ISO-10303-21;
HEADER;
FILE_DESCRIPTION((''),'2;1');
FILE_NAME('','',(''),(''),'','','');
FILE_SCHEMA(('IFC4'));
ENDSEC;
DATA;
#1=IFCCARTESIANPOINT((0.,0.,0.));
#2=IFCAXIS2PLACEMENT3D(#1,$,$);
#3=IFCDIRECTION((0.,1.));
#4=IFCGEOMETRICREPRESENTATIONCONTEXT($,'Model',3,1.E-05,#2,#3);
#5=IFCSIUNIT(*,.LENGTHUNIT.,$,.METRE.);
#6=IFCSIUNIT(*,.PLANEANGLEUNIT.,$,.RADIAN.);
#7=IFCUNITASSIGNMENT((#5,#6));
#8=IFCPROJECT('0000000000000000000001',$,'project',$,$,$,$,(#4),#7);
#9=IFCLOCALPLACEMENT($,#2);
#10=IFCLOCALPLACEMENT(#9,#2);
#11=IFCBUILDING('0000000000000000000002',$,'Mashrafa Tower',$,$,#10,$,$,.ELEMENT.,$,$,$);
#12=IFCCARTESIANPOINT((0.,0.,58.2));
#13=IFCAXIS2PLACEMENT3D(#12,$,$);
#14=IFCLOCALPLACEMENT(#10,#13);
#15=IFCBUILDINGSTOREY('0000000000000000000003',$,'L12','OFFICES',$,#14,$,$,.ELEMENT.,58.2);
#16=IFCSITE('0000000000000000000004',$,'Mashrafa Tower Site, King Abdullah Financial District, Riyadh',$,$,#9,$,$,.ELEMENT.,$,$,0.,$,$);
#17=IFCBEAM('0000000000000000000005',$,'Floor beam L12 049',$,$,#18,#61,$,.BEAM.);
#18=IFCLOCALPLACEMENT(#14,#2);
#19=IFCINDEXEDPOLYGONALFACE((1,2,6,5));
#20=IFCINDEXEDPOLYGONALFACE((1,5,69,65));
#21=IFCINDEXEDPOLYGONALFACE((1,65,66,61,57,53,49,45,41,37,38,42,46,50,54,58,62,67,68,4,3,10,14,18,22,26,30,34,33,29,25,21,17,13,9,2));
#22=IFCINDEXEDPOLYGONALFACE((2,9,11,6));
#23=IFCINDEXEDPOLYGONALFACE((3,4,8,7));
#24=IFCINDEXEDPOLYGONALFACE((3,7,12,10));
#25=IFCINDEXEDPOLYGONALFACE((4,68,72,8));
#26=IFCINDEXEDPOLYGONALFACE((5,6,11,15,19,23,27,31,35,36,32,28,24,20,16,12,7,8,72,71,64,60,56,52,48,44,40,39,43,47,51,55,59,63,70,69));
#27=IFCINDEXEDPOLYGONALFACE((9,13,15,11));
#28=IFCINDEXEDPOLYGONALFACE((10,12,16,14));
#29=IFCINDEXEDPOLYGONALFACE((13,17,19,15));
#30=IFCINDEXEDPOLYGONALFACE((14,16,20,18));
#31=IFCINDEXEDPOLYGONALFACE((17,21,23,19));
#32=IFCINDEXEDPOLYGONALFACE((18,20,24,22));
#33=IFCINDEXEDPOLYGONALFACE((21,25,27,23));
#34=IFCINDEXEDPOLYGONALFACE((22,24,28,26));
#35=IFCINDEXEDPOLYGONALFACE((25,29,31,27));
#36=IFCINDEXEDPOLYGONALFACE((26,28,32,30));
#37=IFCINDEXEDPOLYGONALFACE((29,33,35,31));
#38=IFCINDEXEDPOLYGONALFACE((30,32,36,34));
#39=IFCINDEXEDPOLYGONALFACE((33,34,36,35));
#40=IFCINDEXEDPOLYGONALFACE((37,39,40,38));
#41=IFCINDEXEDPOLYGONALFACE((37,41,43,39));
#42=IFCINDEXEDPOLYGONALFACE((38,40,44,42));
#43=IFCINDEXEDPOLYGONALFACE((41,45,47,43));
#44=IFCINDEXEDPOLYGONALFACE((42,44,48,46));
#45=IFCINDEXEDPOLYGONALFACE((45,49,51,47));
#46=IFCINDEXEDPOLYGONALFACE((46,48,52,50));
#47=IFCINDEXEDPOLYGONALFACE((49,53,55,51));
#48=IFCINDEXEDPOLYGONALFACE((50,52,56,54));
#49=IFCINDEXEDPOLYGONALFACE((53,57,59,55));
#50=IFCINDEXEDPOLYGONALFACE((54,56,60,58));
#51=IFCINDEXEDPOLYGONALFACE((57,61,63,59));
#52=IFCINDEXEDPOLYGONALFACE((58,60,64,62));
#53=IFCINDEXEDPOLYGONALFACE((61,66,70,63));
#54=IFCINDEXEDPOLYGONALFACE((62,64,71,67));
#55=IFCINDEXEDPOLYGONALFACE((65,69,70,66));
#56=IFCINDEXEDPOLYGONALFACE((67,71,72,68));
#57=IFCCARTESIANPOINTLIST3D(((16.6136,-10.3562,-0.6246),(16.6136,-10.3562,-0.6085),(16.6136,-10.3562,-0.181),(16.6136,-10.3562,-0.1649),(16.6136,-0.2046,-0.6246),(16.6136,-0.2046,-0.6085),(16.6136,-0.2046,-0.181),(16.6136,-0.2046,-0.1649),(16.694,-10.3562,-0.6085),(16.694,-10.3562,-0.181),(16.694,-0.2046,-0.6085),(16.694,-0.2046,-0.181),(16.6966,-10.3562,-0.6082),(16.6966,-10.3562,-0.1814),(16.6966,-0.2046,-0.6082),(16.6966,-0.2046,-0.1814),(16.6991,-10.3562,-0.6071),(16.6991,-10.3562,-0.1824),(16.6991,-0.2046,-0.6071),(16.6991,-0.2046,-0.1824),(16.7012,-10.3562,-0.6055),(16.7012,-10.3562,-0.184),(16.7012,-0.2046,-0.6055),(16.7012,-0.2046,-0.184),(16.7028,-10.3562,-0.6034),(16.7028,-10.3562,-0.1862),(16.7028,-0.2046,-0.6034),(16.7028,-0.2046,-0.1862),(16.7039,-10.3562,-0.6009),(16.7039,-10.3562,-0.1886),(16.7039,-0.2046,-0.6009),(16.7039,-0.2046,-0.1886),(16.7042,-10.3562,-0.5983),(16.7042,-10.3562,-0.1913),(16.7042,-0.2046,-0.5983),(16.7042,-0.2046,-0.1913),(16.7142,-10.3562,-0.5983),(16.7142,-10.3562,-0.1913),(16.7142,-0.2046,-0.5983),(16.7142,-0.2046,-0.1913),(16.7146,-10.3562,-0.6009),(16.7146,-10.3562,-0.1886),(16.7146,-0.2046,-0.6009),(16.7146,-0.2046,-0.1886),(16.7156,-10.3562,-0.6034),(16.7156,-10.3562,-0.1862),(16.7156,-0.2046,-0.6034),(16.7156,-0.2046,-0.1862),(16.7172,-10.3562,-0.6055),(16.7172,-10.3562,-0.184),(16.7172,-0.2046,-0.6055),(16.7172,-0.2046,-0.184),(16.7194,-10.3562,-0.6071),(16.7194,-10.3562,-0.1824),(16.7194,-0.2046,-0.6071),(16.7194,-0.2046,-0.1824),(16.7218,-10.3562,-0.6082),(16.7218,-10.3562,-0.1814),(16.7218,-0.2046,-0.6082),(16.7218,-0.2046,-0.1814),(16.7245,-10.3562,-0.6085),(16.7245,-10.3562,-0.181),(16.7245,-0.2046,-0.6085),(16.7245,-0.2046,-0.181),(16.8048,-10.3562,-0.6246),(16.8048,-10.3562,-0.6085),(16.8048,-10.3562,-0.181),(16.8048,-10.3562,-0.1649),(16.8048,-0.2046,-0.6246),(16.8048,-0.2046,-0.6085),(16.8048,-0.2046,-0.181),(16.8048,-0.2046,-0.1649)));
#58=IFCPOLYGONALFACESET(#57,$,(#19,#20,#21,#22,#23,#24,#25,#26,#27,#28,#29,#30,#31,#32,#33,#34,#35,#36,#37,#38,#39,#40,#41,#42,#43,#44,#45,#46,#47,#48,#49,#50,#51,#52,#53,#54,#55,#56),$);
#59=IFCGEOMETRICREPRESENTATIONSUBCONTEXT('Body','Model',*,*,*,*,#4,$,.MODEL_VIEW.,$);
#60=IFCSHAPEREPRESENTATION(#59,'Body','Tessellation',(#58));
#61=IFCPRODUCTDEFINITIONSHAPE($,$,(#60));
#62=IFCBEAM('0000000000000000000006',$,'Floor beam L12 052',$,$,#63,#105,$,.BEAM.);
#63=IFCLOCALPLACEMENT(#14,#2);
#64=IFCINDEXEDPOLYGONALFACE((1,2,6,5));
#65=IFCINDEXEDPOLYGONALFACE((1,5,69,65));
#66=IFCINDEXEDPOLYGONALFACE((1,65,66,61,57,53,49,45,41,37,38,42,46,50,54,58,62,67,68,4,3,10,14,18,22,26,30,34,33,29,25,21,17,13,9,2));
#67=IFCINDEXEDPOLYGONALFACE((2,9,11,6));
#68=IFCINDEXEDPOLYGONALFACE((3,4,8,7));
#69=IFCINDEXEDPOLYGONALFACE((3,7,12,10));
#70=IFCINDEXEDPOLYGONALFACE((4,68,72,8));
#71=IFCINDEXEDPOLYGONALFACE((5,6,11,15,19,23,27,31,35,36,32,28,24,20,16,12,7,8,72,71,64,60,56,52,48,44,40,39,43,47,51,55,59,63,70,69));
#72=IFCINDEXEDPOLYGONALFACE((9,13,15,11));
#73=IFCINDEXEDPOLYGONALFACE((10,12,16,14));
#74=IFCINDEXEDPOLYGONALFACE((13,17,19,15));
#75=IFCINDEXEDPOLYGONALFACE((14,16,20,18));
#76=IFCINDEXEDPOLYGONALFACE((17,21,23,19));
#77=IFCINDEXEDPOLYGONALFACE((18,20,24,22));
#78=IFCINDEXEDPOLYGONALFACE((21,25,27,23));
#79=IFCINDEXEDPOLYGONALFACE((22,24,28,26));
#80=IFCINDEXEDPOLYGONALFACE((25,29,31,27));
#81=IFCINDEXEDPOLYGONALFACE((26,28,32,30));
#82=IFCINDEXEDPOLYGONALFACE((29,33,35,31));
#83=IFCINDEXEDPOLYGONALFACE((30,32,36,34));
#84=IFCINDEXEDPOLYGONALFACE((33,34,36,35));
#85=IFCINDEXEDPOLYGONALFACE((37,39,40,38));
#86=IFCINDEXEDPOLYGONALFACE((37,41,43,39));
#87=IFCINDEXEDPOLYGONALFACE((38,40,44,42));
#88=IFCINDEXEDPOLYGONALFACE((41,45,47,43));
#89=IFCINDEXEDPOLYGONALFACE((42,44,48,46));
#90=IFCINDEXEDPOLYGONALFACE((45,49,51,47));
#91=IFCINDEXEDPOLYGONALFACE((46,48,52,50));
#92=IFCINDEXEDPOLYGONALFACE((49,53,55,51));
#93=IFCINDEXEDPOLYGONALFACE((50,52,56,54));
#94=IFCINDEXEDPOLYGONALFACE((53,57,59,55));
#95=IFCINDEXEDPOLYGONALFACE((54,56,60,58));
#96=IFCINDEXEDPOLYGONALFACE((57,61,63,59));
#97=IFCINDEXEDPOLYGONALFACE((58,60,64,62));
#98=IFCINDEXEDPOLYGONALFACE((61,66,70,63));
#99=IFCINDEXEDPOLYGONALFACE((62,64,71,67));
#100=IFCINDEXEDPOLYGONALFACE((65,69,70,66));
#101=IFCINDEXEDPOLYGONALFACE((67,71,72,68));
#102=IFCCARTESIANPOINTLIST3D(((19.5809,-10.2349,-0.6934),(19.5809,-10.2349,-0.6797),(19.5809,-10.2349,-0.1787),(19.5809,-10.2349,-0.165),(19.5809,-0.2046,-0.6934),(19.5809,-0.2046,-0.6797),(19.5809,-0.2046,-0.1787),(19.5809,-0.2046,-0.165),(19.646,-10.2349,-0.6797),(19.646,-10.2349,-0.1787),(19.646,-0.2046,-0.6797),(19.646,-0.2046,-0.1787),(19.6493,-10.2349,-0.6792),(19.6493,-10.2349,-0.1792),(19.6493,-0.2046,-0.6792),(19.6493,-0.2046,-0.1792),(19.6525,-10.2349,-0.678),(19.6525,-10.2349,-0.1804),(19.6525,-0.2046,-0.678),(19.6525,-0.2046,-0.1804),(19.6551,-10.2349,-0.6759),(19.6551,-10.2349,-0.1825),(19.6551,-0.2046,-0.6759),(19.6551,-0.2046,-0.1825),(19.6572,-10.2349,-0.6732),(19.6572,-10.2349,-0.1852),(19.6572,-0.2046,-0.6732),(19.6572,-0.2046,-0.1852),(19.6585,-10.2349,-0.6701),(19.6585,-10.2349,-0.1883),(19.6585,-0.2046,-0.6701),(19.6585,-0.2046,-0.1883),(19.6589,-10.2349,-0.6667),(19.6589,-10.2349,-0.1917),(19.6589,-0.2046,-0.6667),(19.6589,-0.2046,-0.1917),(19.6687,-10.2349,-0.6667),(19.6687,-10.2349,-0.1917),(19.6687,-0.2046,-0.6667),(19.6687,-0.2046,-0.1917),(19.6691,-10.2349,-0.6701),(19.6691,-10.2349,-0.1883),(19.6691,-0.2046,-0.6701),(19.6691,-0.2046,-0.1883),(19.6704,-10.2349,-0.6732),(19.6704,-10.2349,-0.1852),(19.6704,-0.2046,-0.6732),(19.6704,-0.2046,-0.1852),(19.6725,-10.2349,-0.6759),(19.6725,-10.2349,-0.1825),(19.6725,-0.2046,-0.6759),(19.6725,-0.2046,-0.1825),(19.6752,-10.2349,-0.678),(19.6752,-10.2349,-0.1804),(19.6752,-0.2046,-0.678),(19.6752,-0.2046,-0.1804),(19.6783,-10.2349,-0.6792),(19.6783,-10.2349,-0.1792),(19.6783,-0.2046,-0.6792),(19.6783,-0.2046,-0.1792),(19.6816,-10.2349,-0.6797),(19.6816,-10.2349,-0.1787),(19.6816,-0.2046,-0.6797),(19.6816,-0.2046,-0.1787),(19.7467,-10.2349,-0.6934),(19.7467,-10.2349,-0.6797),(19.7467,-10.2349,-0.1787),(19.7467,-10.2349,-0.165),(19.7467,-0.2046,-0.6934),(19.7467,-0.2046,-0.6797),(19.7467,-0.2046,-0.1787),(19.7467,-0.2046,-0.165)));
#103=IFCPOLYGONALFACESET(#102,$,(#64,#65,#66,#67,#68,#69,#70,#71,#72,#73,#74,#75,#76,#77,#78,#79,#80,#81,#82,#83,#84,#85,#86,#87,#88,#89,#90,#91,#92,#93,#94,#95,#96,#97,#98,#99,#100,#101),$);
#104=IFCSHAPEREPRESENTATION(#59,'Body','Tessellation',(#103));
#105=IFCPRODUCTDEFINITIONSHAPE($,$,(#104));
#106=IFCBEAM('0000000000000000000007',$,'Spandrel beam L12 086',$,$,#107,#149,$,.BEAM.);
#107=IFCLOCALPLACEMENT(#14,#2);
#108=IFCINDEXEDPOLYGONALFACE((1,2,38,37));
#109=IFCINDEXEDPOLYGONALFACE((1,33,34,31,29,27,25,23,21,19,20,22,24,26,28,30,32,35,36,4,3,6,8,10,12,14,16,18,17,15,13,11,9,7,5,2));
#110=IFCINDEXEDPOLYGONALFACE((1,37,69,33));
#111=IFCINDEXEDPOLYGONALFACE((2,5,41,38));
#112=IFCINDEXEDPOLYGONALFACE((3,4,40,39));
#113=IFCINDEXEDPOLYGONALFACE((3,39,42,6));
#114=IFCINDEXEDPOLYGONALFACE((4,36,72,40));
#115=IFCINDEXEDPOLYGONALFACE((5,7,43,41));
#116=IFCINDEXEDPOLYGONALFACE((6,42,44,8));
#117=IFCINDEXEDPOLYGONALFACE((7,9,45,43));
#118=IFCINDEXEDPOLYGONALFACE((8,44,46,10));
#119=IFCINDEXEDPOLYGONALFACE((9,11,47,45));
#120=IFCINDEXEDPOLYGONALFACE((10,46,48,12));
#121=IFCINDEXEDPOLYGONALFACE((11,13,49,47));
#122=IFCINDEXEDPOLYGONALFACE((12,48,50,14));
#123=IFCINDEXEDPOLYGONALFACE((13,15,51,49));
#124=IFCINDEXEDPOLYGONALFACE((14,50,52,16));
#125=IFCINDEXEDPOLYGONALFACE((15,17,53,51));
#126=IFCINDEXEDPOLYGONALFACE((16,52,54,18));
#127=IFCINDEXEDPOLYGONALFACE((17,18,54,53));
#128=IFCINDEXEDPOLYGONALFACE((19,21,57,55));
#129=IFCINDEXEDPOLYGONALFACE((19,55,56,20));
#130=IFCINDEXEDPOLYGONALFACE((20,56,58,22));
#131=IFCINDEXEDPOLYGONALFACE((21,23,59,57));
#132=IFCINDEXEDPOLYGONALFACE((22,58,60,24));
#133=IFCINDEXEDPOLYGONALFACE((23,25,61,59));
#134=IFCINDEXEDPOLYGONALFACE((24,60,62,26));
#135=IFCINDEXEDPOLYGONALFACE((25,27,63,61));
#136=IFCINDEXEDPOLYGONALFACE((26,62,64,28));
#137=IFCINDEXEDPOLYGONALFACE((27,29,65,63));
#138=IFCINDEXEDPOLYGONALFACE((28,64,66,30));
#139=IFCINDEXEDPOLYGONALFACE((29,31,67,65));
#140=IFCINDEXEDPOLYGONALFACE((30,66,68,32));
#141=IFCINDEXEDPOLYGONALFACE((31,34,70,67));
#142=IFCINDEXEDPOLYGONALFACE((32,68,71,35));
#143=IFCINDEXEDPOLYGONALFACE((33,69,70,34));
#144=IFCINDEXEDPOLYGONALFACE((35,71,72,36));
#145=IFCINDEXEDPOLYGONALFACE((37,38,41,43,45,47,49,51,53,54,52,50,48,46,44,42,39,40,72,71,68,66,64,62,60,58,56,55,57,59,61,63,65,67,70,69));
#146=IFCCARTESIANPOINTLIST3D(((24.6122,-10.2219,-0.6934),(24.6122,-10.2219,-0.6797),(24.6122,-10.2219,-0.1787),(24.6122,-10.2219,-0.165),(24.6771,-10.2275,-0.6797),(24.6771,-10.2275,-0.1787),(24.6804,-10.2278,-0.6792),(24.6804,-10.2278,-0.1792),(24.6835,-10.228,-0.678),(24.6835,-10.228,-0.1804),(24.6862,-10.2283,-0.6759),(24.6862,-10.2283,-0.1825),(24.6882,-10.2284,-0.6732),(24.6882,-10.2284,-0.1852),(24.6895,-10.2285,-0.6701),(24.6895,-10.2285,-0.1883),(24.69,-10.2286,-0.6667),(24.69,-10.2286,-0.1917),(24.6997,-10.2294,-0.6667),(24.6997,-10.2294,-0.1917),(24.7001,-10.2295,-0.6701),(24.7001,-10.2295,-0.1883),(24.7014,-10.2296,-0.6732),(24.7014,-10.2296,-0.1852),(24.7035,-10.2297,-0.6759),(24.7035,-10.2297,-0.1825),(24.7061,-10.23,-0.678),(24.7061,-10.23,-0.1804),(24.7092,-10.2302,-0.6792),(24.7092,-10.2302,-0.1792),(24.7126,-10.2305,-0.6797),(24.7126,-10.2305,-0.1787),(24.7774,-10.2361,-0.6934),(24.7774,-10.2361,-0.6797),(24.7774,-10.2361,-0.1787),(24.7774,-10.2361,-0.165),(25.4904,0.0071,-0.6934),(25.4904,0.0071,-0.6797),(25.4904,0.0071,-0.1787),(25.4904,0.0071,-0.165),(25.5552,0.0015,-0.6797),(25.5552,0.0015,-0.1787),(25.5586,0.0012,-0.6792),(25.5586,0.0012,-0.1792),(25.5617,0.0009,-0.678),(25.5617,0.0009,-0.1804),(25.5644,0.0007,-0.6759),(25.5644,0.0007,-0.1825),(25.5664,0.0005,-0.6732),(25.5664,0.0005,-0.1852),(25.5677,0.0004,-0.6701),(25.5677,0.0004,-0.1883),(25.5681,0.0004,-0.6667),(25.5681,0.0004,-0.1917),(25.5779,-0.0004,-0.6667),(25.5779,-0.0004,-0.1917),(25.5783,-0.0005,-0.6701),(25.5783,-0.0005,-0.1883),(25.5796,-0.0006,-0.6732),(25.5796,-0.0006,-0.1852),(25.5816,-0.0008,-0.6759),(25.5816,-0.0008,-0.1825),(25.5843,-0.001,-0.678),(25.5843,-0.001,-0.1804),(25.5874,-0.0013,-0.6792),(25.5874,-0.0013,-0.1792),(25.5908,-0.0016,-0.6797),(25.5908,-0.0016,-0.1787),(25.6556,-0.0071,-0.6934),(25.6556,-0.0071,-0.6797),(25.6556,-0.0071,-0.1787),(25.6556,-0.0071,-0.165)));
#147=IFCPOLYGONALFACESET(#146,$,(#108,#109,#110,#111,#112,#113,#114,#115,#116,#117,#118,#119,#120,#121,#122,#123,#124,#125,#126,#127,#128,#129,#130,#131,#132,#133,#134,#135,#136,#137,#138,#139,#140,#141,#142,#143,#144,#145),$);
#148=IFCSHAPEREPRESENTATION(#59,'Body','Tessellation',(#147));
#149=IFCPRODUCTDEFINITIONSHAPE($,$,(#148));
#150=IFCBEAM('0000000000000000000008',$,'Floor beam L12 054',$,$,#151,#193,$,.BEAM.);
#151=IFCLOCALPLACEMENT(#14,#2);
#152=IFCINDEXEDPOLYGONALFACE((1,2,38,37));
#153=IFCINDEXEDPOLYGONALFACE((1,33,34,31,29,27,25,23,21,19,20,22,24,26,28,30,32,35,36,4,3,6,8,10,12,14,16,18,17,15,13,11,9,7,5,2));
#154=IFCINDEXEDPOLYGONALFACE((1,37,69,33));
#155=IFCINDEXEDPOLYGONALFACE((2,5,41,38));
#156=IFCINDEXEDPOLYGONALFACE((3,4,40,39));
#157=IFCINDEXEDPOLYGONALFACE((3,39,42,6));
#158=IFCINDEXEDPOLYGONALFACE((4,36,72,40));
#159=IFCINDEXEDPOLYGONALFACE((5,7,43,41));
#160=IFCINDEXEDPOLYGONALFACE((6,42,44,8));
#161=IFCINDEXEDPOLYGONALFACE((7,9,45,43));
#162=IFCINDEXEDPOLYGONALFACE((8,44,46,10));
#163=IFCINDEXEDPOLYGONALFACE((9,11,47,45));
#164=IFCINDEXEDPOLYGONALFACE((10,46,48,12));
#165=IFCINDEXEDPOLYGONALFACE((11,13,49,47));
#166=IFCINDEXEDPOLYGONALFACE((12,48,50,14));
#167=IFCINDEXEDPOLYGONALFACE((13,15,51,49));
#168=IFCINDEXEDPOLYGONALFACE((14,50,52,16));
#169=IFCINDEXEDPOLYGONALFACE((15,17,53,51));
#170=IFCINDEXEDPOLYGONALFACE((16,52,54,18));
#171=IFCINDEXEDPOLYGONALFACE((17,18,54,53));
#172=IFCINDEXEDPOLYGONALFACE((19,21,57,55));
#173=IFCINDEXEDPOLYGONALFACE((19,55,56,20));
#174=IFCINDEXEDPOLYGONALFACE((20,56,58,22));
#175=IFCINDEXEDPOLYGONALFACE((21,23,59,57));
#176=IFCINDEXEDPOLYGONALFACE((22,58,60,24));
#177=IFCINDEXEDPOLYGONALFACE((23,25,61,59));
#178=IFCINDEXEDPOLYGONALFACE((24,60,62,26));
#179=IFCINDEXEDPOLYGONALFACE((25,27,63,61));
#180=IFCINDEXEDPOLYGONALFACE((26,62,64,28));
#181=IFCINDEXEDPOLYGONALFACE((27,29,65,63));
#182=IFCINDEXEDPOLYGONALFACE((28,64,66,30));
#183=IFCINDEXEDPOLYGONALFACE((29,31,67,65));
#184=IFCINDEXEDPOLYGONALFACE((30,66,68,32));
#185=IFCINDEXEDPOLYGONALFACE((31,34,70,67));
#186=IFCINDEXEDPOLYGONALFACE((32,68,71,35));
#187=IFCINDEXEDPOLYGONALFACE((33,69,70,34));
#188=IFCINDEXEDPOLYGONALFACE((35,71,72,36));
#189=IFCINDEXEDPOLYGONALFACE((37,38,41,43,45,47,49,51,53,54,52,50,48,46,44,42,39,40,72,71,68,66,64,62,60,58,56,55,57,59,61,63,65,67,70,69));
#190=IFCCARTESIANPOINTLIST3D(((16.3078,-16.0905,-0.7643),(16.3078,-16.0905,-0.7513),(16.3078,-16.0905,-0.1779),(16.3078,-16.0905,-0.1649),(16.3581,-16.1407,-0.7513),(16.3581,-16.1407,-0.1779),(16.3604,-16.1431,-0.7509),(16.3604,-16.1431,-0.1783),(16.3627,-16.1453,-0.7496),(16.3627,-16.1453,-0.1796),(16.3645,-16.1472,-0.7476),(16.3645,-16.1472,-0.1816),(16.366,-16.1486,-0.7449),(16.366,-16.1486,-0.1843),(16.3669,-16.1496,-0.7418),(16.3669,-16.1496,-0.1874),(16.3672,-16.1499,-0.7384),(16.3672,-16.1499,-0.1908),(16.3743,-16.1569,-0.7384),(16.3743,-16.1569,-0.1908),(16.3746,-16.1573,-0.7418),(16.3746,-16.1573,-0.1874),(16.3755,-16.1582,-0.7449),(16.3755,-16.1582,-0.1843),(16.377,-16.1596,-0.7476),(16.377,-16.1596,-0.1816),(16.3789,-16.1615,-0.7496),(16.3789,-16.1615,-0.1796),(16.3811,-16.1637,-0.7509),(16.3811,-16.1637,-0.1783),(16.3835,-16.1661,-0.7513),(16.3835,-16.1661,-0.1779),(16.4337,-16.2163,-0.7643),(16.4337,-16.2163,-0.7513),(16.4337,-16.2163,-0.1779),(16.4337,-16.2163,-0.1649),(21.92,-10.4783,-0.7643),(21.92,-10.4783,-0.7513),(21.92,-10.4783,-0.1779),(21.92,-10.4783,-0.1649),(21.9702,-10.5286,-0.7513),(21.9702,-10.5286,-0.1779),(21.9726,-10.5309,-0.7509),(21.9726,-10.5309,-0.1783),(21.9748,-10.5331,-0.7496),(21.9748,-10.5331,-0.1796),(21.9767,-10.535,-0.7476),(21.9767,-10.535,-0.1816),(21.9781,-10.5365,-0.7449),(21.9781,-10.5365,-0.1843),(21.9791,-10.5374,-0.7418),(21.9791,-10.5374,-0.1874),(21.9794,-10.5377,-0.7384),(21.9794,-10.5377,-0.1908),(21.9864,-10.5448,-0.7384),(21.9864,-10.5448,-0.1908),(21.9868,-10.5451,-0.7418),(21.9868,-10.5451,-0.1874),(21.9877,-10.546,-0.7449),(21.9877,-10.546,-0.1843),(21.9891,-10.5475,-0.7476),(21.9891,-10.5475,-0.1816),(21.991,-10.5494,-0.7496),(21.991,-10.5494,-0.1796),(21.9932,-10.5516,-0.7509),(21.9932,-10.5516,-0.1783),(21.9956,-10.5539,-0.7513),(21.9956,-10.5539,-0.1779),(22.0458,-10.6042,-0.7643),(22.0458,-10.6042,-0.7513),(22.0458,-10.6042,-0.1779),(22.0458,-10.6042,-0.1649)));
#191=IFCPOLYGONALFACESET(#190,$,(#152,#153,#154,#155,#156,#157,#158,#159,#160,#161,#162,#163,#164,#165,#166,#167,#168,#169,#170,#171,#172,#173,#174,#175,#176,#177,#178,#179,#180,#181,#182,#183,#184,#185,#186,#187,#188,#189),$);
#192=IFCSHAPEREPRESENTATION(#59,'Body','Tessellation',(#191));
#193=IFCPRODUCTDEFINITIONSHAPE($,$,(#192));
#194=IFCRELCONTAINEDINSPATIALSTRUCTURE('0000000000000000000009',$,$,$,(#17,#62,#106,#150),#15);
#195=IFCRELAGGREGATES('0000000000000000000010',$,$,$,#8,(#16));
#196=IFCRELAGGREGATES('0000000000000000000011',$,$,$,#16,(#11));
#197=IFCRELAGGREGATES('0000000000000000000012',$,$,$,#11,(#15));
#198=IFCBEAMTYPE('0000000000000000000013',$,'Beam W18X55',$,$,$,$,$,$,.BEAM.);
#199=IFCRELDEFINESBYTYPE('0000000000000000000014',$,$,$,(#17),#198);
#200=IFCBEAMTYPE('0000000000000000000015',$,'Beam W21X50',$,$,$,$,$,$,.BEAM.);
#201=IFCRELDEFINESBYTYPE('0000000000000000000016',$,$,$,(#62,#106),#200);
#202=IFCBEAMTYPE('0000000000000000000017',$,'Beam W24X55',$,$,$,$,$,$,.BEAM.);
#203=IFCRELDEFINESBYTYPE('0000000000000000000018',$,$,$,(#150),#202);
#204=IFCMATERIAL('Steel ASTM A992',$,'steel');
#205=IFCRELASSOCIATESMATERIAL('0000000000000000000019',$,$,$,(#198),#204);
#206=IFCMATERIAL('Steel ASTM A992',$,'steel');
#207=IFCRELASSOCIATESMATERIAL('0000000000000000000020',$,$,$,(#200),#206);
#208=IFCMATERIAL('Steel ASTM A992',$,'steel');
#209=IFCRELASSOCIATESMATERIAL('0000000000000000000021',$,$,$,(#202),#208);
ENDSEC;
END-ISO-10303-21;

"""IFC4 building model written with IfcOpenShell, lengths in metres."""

from ifc_helpers import new_model, si_unit, direction, frame, origin, origin_2d, place, context, subcontext, project, spatial, i_section, extrude, material, material_profile, profile_set, type_object, element, save


model = new_model("IFC4")

# Units and contexts
model_context = context("Model", 3, precision=1e-05, world=origin(), true_north=direction((0.0, 1.0)))
body_context = subcontext(model_context, "Body", "Model", "MODEL_VIEW")
ifc_project = project(units=[si_unit("LENGTHUNIT", "METRE"), si_unit("PLANEANGLEUNIT", "RADIAN")], contexts=[model_context])

# Site, building, storey
site_placement = place(None, origin())
site = spatial("IfcSite", under=ifc_project, at=site_placement, Name="Mashrafa Tower Site, King Abdullah Financial District, Riyadh", CompositionType="ELEMENT", RefElevation=0.0)
building_placement = place(site_placement, origin())
building = spatial("IfcBuilding", under=site, at=building_placement, Name="Mashrafa Tower", CompositionType="ELEMENT")
storey_placement = place(building_placement, frame((0.0, 0.0, 58.2)))
storey = spatial("IfcBuildingStorey", under=building, at=storey_placement, Name="L12", Description="OFFICES", CompositionType="ELEMENT", Elevation=58.2)

# Beams
ifc_material_1 = material(Name="Steel ASTM A992", Category="steel")
ifc_material_profile_1 = material_profile(ifc_material_1, i_section(OverallWidth=0.1912, OverallDepth=0.4597, WebThickness=0.01, FlangeThickness=0.0161, FilletRadius=0.0103, at=origin_2d()), Name="W18X55")
ifc_profile_set_1 = profile_set([ifc_material_profile_1], Name="Steel ASTM A992")
beam_type_1 = type_object("IfcBeamType", Name="Beam W18X55", PredefinedType="BEAM", material=ifc_profile_set_1)
beam_1_placement = place(storey_placement, frame((16.7092, -0.2046, -0.3948), z_axis=(0.0, -1.0, 0.0), x_axis=(1.0, 0.0, 0.0)))
element("IfcBeam", 1, at=beam_1_placement, inside=storey, type_object=beam_type_1, Name="Floor beam L12 049", PredefinedType="BEAM", context=body_context, shape_type="SweptSolid", body=[
    extrude(i_section(OverallWidth=0.1912, OverallDepth=0.4597, WebThickness=0.01, FlangeThickness=0.0161, FilletRadius=0.0103, at=origin_2d()), origin(), (0.0, 0.0, 1.0), 10.1516),
])
ifc_material_2 = material(Name="Steel ASTM A992", Category="steel")
ifc_material_profile_2 = material_profile(ifc_material_2, i_section(OverallWidth=0.1658, OverallDepth=0.5283, WebThickness=0.0098, FlangeThickness=0.0137, FilletRadius=0.0129, at=origin_2d()), Name="W21X50")
ifc_profile_set_2 = profile_set([ifc_material_profile_2], Name="Steel ASTM A992")
beam_type_2 = type_object("IfcBeamType", Name="Beam W21X50", PredefinedType="BEAM", material=ifc_profile_set_2)
beam_2_placement = place(storey_placement, frame((19.6638, -0.2046, -0.4292), z_axis=(0.0, -1.0, 0.0), x_axis=(1.0, 0.0, 0.0)))
element("IfcBeam", 2, at=beam_2_placement, inside=storey, type_object=beam_type_2, Name="Floor beam L12 052", PredefinedType="BEAM", context=body_context, shape_type="SweptSolid", body=[
    extrude(i_section(OverallWidth=0.1658, OverallDepth=0.5283, WebThickness=0.0098, FlangeThickness=0.0137, FilletRadius=0.0129, at=origin_2d()), origin(), (0.0, 0.0, 1.0), 10.0303),
])
beam_3_placement = place(storey_placement, frame((24.6948, -10.229, -0.4292), z_axis=(0.085537, 0.996335, 0.0), x_axis=(-0.996335, 0.085537, 0.0)))
element("IfcBeam", 3, at=beam_3_placement, inside=storey, type_object=beam_type_2, Name="Spandrel beam L12 086", PredefinedType="BEAM", context=body_context, shape_type="SweptSolid", body=[
    extrude(i_section(OverallWidth=0.1658, OverallDepth=0.5283, WebThickness=0.0098, FlangeThickness=0.0137, FilletRadius=0.0129, at=origin_2d()), origin(), (0.0, 0.0, 1.0), 10.2666),
])
ifc_material_3 = material(Name="Steel ASTM A992", Category="steel")
ifc_material_profile_3 = material_profile(ifc_material_3, i_section(OverallWidth=0.178, OverallDepth=0.5994, WebThickness=0.01, FlangeThickness=0.0129, FilletRadius=0.0129, at=origin_2d()), Name="W24X55")
ifc_profile_set_3 = profile_set([ifc_material_profile_3], Name="Steel ASTM A992")
beam_type_3 = type_object("IfcBeamType", Name="Beam W24X55", PredefinedType="BEAM", material=ifc_profile_set_3)
beam_4_placement = place(storey_placement, frame((21.9829, -10.5413, -0.4646), z_axis=(-0.707107, -0.707107, 0.0), x_axis=(0.707107, -0.707107, 0.0)))
element("IfcBeam", 4, at=beam_4_placement, inside=storey, type_object=beam_type_3, Name="Floor beam L12 054", PredefinedType="BEAM", context=body_context, shape_type="SweptSolid", body=[
    extrude(i_section(OverallWidth=0.178, OverallDepth=0.5994, WebThickness=0.01, FlangeThickness=0.0129, FilletRadius=0.0129, at=origin_2d()), origin(), (0.0, 0.0, 1.0), 7.9368),
])

save(model, "model.ifc")
